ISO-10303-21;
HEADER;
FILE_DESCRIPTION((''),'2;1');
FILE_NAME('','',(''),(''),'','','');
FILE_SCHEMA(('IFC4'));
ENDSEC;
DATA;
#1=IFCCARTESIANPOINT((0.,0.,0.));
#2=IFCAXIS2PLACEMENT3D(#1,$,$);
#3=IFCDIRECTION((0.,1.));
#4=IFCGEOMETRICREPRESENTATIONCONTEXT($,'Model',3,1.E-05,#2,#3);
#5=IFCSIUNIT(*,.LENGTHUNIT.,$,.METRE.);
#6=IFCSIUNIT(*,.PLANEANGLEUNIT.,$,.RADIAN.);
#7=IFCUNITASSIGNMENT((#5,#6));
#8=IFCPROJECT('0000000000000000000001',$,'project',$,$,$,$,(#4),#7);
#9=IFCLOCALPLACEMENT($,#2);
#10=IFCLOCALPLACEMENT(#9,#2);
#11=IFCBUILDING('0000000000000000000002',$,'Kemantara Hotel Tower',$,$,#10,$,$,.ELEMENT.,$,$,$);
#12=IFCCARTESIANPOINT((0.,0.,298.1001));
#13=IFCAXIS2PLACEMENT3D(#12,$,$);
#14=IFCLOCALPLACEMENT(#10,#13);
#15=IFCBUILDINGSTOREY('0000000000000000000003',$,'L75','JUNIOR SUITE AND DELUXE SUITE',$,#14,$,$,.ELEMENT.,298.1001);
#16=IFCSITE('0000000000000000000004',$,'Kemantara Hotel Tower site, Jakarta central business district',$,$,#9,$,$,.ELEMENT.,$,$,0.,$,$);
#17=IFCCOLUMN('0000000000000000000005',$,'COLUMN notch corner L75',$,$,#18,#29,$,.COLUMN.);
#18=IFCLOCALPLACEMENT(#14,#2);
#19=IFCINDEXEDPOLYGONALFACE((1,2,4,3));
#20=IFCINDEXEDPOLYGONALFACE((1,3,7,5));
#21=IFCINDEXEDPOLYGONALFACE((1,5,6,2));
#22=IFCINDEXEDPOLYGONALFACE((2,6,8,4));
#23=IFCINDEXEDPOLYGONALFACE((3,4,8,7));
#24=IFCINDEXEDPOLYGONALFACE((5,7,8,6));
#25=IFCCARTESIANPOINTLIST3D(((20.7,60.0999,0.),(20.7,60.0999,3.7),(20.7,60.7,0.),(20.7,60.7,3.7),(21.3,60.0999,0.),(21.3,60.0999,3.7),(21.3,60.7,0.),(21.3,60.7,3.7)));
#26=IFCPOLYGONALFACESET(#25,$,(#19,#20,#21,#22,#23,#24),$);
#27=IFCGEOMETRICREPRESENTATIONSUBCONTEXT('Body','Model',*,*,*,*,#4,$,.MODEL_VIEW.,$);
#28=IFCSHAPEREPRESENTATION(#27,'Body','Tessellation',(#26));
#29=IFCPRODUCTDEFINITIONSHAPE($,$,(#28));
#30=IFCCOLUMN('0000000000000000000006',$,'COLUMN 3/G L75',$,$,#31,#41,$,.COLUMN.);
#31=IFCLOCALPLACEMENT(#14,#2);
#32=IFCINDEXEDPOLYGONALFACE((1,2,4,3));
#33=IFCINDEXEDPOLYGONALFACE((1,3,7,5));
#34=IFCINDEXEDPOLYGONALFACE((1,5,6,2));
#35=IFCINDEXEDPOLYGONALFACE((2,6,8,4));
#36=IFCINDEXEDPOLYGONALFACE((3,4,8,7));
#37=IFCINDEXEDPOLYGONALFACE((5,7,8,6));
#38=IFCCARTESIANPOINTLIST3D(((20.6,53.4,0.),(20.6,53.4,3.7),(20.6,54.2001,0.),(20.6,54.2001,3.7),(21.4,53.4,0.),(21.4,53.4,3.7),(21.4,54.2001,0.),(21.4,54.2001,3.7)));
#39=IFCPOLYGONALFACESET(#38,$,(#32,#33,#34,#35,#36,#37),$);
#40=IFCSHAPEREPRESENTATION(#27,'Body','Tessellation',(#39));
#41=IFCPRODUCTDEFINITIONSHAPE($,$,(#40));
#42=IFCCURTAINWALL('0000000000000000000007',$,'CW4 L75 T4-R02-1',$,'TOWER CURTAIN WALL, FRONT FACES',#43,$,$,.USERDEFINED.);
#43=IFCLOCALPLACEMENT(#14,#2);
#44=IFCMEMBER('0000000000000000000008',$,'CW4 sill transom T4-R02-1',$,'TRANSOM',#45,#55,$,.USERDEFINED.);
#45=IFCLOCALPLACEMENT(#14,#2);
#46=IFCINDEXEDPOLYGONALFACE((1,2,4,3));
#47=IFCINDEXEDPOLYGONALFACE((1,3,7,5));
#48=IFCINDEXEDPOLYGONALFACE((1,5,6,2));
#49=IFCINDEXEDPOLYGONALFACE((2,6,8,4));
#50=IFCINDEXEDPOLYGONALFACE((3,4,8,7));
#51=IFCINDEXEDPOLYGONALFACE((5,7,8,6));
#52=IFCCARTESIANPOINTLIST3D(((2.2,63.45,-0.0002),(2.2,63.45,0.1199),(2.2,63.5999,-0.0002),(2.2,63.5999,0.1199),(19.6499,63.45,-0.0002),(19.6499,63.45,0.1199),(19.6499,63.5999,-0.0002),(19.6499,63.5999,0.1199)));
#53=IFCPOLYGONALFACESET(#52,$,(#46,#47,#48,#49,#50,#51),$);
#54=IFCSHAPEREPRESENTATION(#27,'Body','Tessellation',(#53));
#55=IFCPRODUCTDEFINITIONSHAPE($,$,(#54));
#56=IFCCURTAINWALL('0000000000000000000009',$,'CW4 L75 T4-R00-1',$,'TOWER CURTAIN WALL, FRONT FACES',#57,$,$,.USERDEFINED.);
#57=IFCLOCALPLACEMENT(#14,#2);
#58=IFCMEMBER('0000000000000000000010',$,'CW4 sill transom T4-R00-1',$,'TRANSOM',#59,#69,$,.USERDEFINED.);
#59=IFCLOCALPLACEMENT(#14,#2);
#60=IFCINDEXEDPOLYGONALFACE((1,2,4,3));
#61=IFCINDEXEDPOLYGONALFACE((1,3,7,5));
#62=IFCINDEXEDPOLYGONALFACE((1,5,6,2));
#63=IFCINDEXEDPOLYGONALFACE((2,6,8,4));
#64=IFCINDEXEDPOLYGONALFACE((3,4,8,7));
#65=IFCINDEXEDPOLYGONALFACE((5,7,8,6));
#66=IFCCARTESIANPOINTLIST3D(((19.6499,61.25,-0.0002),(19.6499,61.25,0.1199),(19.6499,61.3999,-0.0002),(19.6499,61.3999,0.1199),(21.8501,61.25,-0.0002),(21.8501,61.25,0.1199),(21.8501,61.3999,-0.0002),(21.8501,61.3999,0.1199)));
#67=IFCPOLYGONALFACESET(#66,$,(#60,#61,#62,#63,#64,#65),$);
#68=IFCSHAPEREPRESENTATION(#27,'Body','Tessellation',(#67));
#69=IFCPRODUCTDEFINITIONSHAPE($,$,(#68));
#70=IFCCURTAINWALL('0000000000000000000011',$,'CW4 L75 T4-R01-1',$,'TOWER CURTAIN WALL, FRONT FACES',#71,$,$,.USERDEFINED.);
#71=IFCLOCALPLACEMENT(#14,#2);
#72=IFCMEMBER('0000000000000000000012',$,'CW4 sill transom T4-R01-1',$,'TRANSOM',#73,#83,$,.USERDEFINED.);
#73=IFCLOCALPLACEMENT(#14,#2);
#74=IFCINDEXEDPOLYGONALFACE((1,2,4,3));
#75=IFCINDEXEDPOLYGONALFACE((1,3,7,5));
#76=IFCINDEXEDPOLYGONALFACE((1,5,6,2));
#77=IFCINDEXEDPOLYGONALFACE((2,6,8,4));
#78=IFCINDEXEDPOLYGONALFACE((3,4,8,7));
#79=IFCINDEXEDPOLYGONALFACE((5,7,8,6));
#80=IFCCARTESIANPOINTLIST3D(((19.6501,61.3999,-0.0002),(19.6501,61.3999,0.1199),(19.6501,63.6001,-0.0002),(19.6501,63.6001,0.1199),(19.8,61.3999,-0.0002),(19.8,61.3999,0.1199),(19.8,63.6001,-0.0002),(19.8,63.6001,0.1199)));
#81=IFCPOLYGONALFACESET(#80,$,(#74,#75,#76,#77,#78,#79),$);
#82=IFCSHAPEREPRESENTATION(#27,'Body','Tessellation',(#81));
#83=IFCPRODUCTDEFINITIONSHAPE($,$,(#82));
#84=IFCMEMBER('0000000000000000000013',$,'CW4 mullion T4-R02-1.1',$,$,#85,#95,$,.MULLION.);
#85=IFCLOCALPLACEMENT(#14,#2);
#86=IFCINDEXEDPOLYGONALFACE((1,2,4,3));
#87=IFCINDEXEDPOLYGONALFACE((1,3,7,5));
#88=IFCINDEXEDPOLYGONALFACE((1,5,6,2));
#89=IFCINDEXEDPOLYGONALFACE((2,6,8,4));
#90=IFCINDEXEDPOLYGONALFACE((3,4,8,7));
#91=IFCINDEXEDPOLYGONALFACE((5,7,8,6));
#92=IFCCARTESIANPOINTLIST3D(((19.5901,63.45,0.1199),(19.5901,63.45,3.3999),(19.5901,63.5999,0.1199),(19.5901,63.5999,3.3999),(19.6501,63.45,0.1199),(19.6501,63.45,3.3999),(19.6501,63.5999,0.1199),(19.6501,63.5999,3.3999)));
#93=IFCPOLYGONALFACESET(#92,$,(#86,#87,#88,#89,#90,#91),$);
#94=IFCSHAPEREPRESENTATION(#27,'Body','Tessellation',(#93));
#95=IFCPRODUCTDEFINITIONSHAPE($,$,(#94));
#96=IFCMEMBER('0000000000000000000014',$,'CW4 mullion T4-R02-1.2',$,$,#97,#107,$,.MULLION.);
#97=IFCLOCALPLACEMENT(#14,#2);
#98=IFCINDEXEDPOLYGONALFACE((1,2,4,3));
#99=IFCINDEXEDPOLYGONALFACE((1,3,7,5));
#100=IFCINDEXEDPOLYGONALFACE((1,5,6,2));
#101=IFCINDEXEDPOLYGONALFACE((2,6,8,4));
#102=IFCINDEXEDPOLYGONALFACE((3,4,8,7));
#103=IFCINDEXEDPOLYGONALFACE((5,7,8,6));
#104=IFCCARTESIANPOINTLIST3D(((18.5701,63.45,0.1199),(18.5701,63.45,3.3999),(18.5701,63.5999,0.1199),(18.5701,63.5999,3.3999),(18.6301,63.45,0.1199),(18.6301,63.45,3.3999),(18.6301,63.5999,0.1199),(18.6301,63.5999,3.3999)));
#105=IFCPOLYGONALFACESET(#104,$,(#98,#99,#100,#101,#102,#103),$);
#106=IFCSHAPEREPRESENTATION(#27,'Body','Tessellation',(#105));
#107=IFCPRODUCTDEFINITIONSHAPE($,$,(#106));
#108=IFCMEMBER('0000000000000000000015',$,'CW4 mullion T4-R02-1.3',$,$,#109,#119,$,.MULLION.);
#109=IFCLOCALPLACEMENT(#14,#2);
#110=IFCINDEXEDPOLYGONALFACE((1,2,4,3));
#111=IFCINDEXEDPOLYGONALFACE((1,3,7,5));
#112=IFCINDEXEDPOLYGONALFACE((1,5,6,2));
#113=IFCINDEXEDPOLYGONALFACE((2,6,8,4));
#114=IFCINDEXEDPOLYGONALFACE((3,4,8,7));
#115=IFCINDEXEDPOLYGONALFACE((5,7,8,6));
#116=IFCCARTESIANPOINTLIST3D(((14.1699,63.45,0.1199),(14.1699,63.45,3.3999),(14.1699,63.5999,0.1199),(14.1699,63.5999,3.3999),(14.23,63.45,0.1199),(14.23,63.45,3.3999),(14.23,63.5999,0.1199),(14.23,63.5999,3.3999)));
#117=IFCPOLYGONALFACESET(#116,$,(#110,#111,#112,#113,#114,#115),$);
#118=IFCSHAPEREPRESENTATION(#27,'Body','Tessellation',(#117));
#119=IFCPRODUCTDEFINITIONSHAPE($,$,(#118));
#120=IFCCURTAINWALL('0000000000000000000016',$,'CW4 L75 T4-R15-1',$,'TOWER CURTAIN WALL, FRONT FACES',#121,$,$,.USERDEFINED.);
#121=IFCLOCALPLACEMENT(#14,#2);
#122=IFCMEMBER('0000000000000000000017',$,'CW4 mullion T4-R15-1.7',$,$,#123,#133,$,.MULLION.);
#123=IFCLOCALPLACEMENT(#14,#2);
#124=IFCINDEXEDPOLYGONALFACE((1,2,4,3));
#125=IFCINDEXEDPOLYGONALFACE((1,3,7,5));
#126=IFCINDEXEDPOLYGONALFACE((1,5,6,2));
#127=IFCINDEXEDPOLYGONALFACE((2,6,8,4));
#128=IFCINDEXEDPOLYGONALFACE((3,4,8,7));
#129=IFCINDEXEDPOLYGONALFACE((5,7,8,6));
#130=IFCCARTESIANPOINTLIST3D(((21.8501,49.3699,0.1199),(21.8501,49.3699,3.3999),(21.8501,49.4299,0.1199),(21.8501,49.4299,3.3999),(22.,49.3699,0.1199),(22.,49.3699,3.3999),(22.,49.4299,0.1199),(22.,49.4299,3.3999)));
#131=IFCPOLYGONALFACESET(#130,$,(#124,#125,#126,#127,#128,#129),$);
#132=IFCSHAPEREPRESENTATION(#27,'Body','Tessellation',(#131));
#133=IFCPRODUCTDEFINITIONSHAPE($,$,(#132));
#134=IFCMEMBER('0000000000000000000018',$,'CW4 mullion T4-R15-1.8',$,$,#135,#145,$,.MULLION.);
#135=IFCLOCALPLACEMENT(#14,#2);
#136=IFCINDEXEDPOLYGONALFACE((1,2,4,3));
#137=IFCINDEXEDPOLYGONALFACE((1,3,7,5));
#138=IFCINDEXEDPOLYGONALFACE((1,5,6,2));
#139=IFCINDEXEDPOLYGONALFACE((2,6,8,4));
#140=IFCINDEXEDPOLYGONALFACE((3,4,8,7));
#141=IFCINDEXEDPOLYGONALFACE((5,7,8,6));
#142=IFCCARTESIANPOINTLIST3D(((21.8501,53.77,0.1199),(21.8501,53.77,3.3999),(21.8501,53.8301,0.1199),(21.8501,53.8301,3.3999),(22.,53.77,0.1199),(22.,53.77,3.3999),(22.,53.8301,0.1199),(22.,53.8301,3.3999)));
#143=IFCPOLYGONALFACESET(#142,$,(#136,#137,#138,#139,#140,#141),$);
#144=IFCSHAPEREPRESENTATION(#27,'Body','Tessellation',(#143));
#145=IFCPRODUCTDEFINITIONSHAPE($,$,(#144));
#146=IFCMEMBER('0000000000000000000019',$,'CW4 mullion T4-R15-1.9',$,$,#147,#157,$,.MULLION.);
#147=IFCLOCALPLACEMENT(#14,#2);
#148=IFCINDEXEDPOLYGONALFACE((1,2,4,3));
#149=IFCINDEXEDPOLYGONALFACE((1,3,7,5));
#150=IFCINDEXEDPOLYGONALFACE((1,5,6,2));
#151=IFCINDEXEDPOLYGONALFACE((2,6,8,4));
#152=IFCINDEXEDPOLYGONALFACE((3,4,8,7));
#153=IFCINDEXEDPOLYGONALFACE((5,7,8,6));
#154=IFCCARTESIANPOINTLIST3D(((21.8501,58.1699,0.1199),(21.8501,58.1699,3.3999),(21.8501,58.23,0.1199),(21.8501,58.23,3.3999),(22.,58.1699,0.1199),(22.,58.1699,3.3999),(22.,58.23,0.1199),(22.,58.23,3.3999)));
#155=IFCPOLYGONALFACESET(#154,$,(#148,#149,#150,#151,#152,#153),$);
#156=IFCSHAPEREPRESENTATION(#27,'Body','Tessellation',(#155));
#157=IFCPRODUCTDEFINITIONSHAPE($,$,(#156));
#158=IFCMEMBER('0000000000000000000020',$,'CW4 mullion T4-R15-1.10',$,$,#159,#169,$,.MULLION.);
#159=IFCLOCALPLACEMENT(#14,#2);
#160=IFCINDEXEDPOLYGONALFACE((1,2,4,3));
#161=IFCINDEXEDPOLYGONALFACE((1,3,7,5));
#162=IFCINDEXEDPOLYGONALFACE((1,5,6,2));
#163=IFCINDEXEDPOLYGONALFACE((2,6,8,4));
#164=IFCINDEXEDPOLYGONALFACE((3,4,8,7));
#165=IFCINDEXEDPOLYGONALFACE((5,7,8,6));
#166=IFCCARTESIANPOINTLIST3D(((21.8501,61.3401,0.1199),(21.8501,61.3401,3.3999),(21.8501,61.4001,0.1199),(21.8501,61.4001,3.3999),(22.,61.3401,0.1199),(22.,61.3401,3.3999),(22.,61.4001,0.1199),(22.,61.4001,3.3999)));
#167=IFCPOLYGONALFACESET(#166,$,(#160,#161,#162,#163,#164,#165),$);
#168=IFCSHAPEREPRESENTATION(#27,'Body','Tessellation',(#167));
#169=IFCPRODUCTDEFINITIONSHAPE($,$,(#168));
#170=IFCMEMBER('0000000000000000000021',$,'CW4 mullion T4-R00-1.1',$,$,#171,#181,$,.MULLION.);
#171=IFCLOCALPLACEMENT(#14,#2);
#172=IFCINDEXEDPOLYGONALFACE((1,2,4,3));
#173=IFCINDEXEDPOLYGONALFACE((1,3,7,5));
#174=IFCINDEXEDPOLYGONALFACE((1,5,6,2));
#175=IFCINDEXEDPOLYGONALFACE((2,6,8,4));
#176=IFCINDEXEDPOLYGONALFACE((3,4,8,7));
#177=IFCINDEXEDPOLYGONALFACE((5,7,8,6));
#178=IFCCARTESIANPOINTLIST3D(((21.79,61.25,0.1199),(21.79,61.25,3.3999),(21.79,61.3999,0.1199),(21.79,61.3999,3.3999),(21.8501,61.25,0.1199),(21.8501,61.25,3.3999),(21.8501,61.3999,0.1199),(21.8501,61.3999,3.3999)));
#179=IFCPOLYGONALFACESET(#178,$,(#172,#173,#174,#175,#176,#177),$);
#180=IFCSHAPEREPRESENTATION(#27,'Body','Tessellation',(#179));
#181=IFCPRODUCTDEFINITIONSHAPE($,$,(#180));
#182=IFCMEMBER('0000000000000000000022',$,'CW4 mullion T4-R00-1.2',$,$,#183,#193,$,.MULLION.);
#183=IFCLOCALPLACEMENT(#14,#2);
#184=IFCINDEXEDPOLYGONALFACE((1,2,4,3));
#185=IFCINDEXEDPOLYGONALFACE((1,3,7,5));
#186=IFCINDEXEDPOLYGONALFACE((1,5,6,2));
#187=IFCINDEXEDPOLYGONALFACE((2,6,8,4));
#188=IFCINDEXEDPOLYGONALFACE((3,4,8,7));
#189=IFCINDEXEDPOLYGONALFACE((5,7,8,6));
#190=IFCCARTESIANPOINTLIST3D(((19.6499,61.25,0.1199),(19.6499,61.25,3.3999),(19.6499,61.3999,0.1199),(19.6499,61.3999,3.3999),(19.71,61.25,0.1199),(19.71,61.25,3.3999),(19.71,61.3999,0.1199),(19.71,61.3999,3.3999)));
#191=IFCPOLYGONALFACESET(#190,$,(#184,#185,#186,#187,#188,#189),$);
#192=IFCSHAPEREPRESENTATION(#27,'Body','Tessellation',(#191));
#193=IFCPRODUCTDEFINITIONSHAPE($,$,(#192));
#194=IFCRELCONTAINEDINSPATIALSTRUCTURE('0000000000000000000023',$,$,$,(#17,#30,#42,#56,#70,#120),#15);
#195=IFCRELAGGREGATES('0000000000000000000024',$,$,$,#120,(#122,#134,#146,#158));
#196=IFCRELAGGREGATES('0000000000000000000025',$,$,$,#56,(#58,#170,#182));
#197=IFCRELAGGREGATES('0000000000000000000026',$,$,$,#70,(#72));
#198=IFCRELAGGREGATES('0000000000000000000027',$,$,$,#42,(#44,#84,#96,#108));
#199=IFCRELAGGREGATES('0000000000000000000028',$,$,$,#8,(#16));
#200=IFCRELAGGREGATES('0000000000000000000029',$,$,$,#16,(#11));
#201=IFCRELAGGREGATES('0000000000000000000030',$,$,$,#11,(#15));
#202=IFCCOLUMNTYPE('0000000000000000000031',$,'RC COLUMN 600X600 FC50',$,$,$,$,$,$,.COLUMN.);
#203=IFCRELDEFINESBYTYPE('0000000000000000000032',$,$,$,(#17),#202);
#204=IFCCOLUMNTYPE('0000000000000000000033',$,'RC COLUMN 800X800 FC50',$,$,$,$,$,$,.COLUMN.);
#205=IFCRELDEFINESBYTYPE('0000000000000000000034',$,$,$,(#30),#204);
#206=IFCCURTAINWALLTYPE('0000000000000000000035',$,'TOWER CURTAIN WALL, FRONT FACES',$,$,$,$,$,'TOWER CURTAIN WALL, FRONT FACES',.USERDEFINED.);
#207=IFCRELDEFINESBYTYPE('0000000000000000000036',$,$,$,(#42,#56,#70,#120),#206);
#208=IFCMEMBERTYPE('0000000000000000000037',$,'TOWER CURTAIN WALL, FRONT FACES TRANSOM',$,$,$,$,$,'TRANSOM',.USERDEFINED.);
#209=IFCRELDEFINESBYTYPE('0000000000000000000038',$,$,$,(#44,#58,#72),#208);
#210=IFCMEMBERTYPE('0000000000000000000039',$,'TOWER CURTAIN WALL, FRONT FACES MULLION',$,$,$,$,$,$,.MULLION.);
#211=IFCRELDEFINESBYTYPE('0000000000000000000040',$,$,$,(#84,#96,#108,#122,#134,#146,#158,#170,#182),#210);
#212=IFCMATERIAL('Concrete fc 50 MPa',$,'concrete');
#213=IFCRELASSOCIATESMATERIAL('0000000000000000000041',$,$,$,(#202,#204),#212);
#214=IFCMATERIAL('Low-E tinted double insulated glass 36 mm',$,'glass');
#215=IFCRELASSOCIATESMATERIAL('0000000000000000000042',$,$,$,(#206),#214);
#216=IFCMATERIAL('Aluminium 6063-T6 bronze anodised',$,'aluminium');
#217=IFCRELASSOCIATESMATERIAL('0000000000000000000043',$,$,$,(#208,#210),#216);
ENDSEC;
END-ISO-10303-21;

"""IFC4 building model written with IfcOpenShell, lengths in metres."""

from ifc_helpers import new_model, si_unit, direction, frame, origin, origin_2d, place, context, subcontext, project, spatial, rectangle, extrude, source, transform, mapped, material, material_profile, profile_set, type_object, element, aggregate, save


model = new_model("IFC4")

# Units and contexts
model_context = context("Model", 3, precision=1e-05, world=origin(), true_north=direction((0.0, 1.0)))
body_context = subcontext(model_context, "Body", "Model", "MODEL_VIEW")
ifc_project = project(units=[si_unit("LENGTHUNIT", "METRE"), si_unit("PLANEANGLEUNIT", "RADIAN")], contexts=[model_context])

# Site, building, storey
site_placement = place(None, origin())
site = spatial("IfcSite", under=ifc_project, at=site_placement, Name="Kemantara Hotel Tower site, Jakarta central business district", CompositionType="ELEMENT", RefElevation=0.0)
building_placement = place(site_placement, origin())
building = spatial("IfcBuilding", under=site, at=building_placement, Name="Kemantara Hotel Tower", CompositionType="ELEMENT")
storey_placement = place(building_placement, frame((0.0, 0.0, 298.1001)))
storey = spatial("IfcBuildingStorey", under=building, at=storey_placement, Name="L75", Description="JUNIOR SUITE AND DELUXE SUITE", CompositionType="ELEMENT", Elevation=298.1001)

# Columns
ifc_material_1 = material(Name="Concrete fc 50 MPa", Category="concrete")
ifc_material_profile_1 = material_profile(ifc_material_1, rectangle(XDim=0.6001, YDim=0.6001, at=origin_2d()), Name="RC 600X600")
ifc_profile_set_1 = profile_set([ifc_material_profile_1], Name="Concrete fc 50 MPa")
column_type_1 = type_object("IfcColumnType", Name="RC COLUMN 600X600 FC50", PredefinedType="COLUMN", material=ifc_profile_set_1)
column_1_placement = place(storey_placement, frame((21.0, 60.3999, 0.0), z_axis=(0.0, 0.0, 1.0), x_axis=(1.0, 0.0, 0.0)))
element("IfcColumn", 1, at=column_1_placement, inside=storey, type_object=column_type_1, Name="COLUMN notch corner L75", PredefinedType="COLUMN", context=body_context, shape_type="SweptSolid", body=[
    extrude(rectangle(XDim=0.6001, YDim=0.6001, at=origin_2d()), origin(), (0.0, 0.0, 1.0), 3.7),
])
ifc_material_profile_2 = material_profile(ifc_material_1, rectangle(XDim=0.8, YDim=0.8, at=origin_2d()), Name="RC 800X800")
ifc_profile_set_2 = profile_set([ifc_material_profile_2], Name="Concrete fc 50 MPa")
column_type_2 = type_object("IfcColumnType", Name="RC COLUMN 800X800 FC50", PredefinedType="COLUMN", material=ifc_profile_set_2)
column_2_placement = place(storey_placement, frame((21.0, 53.8, 0.0), z_axis=(0.0, 0.0, 1.0), x_axis=(1.0, 0.0, 0.0)))
element("IfcColumn", 2, at=column_2_placement, inside=storey, type_object=column_type_2, Name="COLUMN 3/G L75", PredefinedType="COLUMN", context=body_context, shape_type="SweptSolid", body=[
    extrude(rectangle(XDim=0.8, YDim=0.8, at=origin_2d()), origin(), (0.0, 0.0, 1.0), 3.7),
])

# Curtain walls, members
ifc_material_2 = material(Name="Low-E tinted double insulated glass 36 mm", Category="glass")
curtain_wall_type = type_object("IfcCurtainWallType", Name="TOWER CURTAIN WALL, FRONT FACES", ElementType="TOWER CURTAIN WALL, FRONT FACES", PredefinedType="USERDEFINED", material=ifc_material_2)
curtain_wall_1_placement = place(storey_placement, origin())
curtain_wall_1 = element("IfcCurtainWall", 3, at=curtain_wall_1_placement, inside=storey, type_object=curtain_wall_type, Name="CW4 L75 T4-R02-1", ObjectType="TOWER CURTAIN WALL, FRONT FACES", PredefinedType="USERDEFINED")
ifc_material_3 = material(Name="Aluminium 6063-T6 bronze anodised", Category="aluminium")
ifc_material_profile_3 = material_profile(ifc_material_3, rectangle(XDim=0.1499, YDim=0.1201, at=origin_2d()), Name="TOWER CURTAIN WALL, FRONT FACES TRANSOM")
ifc_profile_set_3 = profile_set([ifc_material_profile_3], Name="Aluminium 6063-T6 bronze anodised")
member_type_1 = type_object("IfcMemberType", Name="TOWER CURTAIN WALL, FRONT FACES TRANSOM", ElementType="TRANSOM", PredefinedType="USERDEFINED", material=ifc_profile_set_3)
member_1_placement = place(storey_placement, frame((19.6499, 63.5249, 0.0598), z_axis=(-1.0, 0.0, 0.0), x_axis=(0.0, -1.0, 0.0)))
member_1 = element("IfcMember", 4, at=member_1_placement, type_object=member_type_1, Name="CW4 sill transom T4-R02-1", ObjectType="TRANSOM", PredefinedType="USERDEFINED", context=body_context, shape_type="SweptSolid", body=[
    extrude(rectangle(XDim=0.1499, YDim=0.1201, at=origin_2d()), origin(), (0.0, 0.0, 1.0), 17.45),
])
curtain_wall_2_placement = place(storey_placement, origin())
curtain_wall_2 = element("IfcCurtainWall", 5, at=curtain_wall_2_placement, inside=storey, type_object=curtain_wall_type, Name="CW4 L75 T4-R00-1", ObjectType="TOWER CURTAIN WALL, FRONT FACES", PredefinedType="USERDEFINED")
member_2_placement = place(storey_placement, frame((21.8501, 61.325, 0.0598), z_axis=(-1.0, 0.0, 0.0), x_axis=(0.0, -1.0, 0.0)))
member_2 = element("IfcMember", 6, at=member_2_placement, type_object=member_type_1, Name="CW4 sill transom T4-R00-1", ObjectType="TRANSOM", PredefinedType="USERDEFINED", context=body_context, shape_type="SweptSolid", body=[
    extrude(rectangle(XDim=0.1499, YDim=0.1201, at=origin_2d()), origin(), (0.0, 0.0, 1.0), 2.2002),
])
curtain_wall_3_placement = place(storey_placement, origin())
curtain_wall_3 = element("IfcCurtainWall", 7, at=curtain_wall_3_placement, inside=storey, type_object=curtain_wall_type, Name="CW4 L75 T4-R01-1", ObjectType="TOWER CURTAIN WALL, FRONT FACES", PredefinedType="USERDEFINED")
member_3_placement = place(storey_placement, frame((19.7251, 61.3999, 0.0598), z_axis=(0.0, 1.0, 0.0), x_axis=(-1.0, 0.0, 0.0)))
member_3 = element("IfcMember", 8, at=member_3_placement, type_object=member_type_1, Name="CW4 sill transom T4-R01-1", ObjectType="TRANSOM", PredefinedType="USERDEFINED", context=body_context, shape_type="SweptSolid", body=[
    extrude(rectangle(XDim=0.1499, YDim=0.1201, at=origin_2d()), origin(), (0.0, 0.0, 1.0), 2.2002),
])

# Members
ifc_material_profile_4 = material_profile(ifc_material_3, rectangle(XDim=0.1499, YDim=0.0601, at=origin_2d()), Name="TOWER CURTAIN WALL, FRONT FACES MULLION")
ifc_profile_set_4 = profile_set([ifc_material_profile_4], Name="Aluminium 6063-T6 bronze anodised")
member_type_2 = type_object("IfcMemberType", Name="TOWER CURTAIN WALL, FRONT FACES MULLION", PredefinedType="MULLION", material=ifc_profile_set_4)
shared_shape_1 = source(origin(), body_context, "Body", "SweptSolid", [
    extrude(rectangle(XDim=0.1499, YDim=0.0601, at=origin_2d()), origin(), (0.0, 0.0, 1.0), 3.28),
])
member_4_placement = place(storey_placement, frame((19.6201, 63.5249, 0.1199), z_axis=(0.0, 0.0, 1.0), x_axis=(0.0, -1.0, 0.0)))
member_4 = element("IfcMember", 9, at=member_4_placement, type_object=member_type_2, Name="CW4 mullion T4-R02-1.1", PredefinedType="MULLION", context=body_context, shape_type="MappedRepresentation", body=[
    mapped(shared_shape_1, transform((0.0, 0.0, 0.0))),
])
member_5_placement = place(storey_placement, frame((18.6001, 63.5249, 0.1199), z_axis=(0.0, 0.0, 1.0), x_axis=(0.0, -1.0, 0.0)))
member_5 = element("IfcMember", 10, at=member_5_placement, type_object=member_type_2, Name="CW4 mullion T4-R02-1.2", PredefinedType="MULLION", context=body_context, shape_type="MappedRepresentation", body=[
    mapped(shared_shape_1, transform((0.0, 0.0, 0.0))),
])
member_6_placement = place(storey_placement, frame((14.2, 63.5249, 0.1199), z_axis=(0.0, 0.0, 1.0), x_axis=(0.0, -1.0, 0.0)))
member_6 = element("IfcMember", 11, at=member_6_placement, type_object=member_type_2, Name="CW4 mullion T4-R02-1.3", PredefinedType="MULLION", context=body_context, shape_type="MappedRepresentation", body=[
    mapped(shared_shape_1, transform((0.0, 0.0, 0.0))),
])

# Curtain wall, members
curtain_wall_4_placement = place(storey_placement, origin())
curtain_wall_4 = element("IfcCurtainWall", 12, at=curtain_wall_4_placement, inside=storey, type_object=curtain_wall_type, Name="CW4 L75 T4-R15-1", ObjectType="TOWER CURTAIN WALL, FRONT FACES", PredefinedType="USERDEFINED")
member_7_placement = place(storey_placement, frame((21.925, 49.3999, 0.1199), z_axis=(0.0, 0.0, 1.0), x_axis=(-1.0, 0.0, 0.0)))
member_7 = element("IfcMember", 13, at=member_7_placement, type_object=member_type_2, Name="CW4 mullion T4-R15-1.7", PredefinedType="MULLION", context=body_context, shape_type="MappedRepresentation", body=[
    mapped(shared_shape_1, transform((0.0, 0.0, 0.0))),
])
member_8_placement = place(storey_placement, frame((21.925, 53.8, 0.1199), z_axis=(0.0, 0.0, 1.0), x_axis=(-1.0, 0.0, 0.0)))
member_8 = element("IfcMember", 14, at=member_8_placement, type_object=member_type_2, Name="CW4 mullion T4-R15-1.8", PredefinedType="MULLION", context=body_context, shape_type="MappedRepresentation", body=[
    mapped(shared_shape_1, transform((0.0, 0.0, 0.0))),
])
member_9_placement = place(storey_placement, frame((21.925, 58.2, 0.1199), z_axis=(0.0, 0.0, 1.0), x_axis=(-1.0, 0.0, 0.0)))
member_9 = element("IfcMember", 15, at=member_9_placement, type_object=member_type_2, Name="CW4 mullion T4-R15-1.9", PredefinedType="MULLION", context=body_context, shape_type="MappedRepresentation", body=[
    mapped(shared_shape_1, transform((0.0, 0.0, 0.0))),
])
member_10_placement = place(storey_placement, frame((21.925, 61.3701, 0.1199), z_axis=(0.0, 0.0, 1.0), x_axis=(-1.0, 0.0, 0.0)))
member_10 = element("IfcMember", 16, at=member_10_placement, type_object=member_type_2, Name="CW4 mullion T4-R15-1.10", PredefinedType="MULLION", context=body_context, shape_type="MappedRepresentation", body=[
    mapped(shared_shape_1, transform((0.0, 0.0, 0.0))),
])

# Members
member_11_placement = place(storey_placement, frame((21.8201, 61.325, 0.1199), z_axis=(0.0, 0.0, 1.0), x_axis=(0.0, -1.0, 0.0)))
member_11 = element("IfcMember", 17, at=member_11_placement, type_object=member_type_2, Name="CW4 mullion T4-R00-1.1", PredefinedType="MULLION", context=body_context, shape_type="MappedRepresentation", body=[
    mapped(shared_shape_1, transform((0.0, 0.0, 0.0))),
])
member_12_placement = place(storey_placement, frame((19.6799, 61.325, 0.1199), z_axis=(0.0, 0.0, 1.0), x_axis=(0.0, -1.0, 0.0)))
member_12 = element("IfcMember", 18, at=member_12_placement, type_object=member_type_2, Name="CW4 mullion T4-R00-1.2", PredefinedType="MULLION", context=body_context, shape_type="MappedRepresentation", body=[
    mapped(shared_shape_1, transform((0.0, 0.0, 0.0))),
])

aggregate(curtain_wall_4, [member_7, member_8, member_9, member_10])
aggregate(curtain_wall_2, [member_2, member_11, member_12])
aggregate(curtain_wall_3, [member_3])
aggregate(curtain_wall_1, [member_1, member_4, member_5, member_6])

save(model, "model.ifc")
